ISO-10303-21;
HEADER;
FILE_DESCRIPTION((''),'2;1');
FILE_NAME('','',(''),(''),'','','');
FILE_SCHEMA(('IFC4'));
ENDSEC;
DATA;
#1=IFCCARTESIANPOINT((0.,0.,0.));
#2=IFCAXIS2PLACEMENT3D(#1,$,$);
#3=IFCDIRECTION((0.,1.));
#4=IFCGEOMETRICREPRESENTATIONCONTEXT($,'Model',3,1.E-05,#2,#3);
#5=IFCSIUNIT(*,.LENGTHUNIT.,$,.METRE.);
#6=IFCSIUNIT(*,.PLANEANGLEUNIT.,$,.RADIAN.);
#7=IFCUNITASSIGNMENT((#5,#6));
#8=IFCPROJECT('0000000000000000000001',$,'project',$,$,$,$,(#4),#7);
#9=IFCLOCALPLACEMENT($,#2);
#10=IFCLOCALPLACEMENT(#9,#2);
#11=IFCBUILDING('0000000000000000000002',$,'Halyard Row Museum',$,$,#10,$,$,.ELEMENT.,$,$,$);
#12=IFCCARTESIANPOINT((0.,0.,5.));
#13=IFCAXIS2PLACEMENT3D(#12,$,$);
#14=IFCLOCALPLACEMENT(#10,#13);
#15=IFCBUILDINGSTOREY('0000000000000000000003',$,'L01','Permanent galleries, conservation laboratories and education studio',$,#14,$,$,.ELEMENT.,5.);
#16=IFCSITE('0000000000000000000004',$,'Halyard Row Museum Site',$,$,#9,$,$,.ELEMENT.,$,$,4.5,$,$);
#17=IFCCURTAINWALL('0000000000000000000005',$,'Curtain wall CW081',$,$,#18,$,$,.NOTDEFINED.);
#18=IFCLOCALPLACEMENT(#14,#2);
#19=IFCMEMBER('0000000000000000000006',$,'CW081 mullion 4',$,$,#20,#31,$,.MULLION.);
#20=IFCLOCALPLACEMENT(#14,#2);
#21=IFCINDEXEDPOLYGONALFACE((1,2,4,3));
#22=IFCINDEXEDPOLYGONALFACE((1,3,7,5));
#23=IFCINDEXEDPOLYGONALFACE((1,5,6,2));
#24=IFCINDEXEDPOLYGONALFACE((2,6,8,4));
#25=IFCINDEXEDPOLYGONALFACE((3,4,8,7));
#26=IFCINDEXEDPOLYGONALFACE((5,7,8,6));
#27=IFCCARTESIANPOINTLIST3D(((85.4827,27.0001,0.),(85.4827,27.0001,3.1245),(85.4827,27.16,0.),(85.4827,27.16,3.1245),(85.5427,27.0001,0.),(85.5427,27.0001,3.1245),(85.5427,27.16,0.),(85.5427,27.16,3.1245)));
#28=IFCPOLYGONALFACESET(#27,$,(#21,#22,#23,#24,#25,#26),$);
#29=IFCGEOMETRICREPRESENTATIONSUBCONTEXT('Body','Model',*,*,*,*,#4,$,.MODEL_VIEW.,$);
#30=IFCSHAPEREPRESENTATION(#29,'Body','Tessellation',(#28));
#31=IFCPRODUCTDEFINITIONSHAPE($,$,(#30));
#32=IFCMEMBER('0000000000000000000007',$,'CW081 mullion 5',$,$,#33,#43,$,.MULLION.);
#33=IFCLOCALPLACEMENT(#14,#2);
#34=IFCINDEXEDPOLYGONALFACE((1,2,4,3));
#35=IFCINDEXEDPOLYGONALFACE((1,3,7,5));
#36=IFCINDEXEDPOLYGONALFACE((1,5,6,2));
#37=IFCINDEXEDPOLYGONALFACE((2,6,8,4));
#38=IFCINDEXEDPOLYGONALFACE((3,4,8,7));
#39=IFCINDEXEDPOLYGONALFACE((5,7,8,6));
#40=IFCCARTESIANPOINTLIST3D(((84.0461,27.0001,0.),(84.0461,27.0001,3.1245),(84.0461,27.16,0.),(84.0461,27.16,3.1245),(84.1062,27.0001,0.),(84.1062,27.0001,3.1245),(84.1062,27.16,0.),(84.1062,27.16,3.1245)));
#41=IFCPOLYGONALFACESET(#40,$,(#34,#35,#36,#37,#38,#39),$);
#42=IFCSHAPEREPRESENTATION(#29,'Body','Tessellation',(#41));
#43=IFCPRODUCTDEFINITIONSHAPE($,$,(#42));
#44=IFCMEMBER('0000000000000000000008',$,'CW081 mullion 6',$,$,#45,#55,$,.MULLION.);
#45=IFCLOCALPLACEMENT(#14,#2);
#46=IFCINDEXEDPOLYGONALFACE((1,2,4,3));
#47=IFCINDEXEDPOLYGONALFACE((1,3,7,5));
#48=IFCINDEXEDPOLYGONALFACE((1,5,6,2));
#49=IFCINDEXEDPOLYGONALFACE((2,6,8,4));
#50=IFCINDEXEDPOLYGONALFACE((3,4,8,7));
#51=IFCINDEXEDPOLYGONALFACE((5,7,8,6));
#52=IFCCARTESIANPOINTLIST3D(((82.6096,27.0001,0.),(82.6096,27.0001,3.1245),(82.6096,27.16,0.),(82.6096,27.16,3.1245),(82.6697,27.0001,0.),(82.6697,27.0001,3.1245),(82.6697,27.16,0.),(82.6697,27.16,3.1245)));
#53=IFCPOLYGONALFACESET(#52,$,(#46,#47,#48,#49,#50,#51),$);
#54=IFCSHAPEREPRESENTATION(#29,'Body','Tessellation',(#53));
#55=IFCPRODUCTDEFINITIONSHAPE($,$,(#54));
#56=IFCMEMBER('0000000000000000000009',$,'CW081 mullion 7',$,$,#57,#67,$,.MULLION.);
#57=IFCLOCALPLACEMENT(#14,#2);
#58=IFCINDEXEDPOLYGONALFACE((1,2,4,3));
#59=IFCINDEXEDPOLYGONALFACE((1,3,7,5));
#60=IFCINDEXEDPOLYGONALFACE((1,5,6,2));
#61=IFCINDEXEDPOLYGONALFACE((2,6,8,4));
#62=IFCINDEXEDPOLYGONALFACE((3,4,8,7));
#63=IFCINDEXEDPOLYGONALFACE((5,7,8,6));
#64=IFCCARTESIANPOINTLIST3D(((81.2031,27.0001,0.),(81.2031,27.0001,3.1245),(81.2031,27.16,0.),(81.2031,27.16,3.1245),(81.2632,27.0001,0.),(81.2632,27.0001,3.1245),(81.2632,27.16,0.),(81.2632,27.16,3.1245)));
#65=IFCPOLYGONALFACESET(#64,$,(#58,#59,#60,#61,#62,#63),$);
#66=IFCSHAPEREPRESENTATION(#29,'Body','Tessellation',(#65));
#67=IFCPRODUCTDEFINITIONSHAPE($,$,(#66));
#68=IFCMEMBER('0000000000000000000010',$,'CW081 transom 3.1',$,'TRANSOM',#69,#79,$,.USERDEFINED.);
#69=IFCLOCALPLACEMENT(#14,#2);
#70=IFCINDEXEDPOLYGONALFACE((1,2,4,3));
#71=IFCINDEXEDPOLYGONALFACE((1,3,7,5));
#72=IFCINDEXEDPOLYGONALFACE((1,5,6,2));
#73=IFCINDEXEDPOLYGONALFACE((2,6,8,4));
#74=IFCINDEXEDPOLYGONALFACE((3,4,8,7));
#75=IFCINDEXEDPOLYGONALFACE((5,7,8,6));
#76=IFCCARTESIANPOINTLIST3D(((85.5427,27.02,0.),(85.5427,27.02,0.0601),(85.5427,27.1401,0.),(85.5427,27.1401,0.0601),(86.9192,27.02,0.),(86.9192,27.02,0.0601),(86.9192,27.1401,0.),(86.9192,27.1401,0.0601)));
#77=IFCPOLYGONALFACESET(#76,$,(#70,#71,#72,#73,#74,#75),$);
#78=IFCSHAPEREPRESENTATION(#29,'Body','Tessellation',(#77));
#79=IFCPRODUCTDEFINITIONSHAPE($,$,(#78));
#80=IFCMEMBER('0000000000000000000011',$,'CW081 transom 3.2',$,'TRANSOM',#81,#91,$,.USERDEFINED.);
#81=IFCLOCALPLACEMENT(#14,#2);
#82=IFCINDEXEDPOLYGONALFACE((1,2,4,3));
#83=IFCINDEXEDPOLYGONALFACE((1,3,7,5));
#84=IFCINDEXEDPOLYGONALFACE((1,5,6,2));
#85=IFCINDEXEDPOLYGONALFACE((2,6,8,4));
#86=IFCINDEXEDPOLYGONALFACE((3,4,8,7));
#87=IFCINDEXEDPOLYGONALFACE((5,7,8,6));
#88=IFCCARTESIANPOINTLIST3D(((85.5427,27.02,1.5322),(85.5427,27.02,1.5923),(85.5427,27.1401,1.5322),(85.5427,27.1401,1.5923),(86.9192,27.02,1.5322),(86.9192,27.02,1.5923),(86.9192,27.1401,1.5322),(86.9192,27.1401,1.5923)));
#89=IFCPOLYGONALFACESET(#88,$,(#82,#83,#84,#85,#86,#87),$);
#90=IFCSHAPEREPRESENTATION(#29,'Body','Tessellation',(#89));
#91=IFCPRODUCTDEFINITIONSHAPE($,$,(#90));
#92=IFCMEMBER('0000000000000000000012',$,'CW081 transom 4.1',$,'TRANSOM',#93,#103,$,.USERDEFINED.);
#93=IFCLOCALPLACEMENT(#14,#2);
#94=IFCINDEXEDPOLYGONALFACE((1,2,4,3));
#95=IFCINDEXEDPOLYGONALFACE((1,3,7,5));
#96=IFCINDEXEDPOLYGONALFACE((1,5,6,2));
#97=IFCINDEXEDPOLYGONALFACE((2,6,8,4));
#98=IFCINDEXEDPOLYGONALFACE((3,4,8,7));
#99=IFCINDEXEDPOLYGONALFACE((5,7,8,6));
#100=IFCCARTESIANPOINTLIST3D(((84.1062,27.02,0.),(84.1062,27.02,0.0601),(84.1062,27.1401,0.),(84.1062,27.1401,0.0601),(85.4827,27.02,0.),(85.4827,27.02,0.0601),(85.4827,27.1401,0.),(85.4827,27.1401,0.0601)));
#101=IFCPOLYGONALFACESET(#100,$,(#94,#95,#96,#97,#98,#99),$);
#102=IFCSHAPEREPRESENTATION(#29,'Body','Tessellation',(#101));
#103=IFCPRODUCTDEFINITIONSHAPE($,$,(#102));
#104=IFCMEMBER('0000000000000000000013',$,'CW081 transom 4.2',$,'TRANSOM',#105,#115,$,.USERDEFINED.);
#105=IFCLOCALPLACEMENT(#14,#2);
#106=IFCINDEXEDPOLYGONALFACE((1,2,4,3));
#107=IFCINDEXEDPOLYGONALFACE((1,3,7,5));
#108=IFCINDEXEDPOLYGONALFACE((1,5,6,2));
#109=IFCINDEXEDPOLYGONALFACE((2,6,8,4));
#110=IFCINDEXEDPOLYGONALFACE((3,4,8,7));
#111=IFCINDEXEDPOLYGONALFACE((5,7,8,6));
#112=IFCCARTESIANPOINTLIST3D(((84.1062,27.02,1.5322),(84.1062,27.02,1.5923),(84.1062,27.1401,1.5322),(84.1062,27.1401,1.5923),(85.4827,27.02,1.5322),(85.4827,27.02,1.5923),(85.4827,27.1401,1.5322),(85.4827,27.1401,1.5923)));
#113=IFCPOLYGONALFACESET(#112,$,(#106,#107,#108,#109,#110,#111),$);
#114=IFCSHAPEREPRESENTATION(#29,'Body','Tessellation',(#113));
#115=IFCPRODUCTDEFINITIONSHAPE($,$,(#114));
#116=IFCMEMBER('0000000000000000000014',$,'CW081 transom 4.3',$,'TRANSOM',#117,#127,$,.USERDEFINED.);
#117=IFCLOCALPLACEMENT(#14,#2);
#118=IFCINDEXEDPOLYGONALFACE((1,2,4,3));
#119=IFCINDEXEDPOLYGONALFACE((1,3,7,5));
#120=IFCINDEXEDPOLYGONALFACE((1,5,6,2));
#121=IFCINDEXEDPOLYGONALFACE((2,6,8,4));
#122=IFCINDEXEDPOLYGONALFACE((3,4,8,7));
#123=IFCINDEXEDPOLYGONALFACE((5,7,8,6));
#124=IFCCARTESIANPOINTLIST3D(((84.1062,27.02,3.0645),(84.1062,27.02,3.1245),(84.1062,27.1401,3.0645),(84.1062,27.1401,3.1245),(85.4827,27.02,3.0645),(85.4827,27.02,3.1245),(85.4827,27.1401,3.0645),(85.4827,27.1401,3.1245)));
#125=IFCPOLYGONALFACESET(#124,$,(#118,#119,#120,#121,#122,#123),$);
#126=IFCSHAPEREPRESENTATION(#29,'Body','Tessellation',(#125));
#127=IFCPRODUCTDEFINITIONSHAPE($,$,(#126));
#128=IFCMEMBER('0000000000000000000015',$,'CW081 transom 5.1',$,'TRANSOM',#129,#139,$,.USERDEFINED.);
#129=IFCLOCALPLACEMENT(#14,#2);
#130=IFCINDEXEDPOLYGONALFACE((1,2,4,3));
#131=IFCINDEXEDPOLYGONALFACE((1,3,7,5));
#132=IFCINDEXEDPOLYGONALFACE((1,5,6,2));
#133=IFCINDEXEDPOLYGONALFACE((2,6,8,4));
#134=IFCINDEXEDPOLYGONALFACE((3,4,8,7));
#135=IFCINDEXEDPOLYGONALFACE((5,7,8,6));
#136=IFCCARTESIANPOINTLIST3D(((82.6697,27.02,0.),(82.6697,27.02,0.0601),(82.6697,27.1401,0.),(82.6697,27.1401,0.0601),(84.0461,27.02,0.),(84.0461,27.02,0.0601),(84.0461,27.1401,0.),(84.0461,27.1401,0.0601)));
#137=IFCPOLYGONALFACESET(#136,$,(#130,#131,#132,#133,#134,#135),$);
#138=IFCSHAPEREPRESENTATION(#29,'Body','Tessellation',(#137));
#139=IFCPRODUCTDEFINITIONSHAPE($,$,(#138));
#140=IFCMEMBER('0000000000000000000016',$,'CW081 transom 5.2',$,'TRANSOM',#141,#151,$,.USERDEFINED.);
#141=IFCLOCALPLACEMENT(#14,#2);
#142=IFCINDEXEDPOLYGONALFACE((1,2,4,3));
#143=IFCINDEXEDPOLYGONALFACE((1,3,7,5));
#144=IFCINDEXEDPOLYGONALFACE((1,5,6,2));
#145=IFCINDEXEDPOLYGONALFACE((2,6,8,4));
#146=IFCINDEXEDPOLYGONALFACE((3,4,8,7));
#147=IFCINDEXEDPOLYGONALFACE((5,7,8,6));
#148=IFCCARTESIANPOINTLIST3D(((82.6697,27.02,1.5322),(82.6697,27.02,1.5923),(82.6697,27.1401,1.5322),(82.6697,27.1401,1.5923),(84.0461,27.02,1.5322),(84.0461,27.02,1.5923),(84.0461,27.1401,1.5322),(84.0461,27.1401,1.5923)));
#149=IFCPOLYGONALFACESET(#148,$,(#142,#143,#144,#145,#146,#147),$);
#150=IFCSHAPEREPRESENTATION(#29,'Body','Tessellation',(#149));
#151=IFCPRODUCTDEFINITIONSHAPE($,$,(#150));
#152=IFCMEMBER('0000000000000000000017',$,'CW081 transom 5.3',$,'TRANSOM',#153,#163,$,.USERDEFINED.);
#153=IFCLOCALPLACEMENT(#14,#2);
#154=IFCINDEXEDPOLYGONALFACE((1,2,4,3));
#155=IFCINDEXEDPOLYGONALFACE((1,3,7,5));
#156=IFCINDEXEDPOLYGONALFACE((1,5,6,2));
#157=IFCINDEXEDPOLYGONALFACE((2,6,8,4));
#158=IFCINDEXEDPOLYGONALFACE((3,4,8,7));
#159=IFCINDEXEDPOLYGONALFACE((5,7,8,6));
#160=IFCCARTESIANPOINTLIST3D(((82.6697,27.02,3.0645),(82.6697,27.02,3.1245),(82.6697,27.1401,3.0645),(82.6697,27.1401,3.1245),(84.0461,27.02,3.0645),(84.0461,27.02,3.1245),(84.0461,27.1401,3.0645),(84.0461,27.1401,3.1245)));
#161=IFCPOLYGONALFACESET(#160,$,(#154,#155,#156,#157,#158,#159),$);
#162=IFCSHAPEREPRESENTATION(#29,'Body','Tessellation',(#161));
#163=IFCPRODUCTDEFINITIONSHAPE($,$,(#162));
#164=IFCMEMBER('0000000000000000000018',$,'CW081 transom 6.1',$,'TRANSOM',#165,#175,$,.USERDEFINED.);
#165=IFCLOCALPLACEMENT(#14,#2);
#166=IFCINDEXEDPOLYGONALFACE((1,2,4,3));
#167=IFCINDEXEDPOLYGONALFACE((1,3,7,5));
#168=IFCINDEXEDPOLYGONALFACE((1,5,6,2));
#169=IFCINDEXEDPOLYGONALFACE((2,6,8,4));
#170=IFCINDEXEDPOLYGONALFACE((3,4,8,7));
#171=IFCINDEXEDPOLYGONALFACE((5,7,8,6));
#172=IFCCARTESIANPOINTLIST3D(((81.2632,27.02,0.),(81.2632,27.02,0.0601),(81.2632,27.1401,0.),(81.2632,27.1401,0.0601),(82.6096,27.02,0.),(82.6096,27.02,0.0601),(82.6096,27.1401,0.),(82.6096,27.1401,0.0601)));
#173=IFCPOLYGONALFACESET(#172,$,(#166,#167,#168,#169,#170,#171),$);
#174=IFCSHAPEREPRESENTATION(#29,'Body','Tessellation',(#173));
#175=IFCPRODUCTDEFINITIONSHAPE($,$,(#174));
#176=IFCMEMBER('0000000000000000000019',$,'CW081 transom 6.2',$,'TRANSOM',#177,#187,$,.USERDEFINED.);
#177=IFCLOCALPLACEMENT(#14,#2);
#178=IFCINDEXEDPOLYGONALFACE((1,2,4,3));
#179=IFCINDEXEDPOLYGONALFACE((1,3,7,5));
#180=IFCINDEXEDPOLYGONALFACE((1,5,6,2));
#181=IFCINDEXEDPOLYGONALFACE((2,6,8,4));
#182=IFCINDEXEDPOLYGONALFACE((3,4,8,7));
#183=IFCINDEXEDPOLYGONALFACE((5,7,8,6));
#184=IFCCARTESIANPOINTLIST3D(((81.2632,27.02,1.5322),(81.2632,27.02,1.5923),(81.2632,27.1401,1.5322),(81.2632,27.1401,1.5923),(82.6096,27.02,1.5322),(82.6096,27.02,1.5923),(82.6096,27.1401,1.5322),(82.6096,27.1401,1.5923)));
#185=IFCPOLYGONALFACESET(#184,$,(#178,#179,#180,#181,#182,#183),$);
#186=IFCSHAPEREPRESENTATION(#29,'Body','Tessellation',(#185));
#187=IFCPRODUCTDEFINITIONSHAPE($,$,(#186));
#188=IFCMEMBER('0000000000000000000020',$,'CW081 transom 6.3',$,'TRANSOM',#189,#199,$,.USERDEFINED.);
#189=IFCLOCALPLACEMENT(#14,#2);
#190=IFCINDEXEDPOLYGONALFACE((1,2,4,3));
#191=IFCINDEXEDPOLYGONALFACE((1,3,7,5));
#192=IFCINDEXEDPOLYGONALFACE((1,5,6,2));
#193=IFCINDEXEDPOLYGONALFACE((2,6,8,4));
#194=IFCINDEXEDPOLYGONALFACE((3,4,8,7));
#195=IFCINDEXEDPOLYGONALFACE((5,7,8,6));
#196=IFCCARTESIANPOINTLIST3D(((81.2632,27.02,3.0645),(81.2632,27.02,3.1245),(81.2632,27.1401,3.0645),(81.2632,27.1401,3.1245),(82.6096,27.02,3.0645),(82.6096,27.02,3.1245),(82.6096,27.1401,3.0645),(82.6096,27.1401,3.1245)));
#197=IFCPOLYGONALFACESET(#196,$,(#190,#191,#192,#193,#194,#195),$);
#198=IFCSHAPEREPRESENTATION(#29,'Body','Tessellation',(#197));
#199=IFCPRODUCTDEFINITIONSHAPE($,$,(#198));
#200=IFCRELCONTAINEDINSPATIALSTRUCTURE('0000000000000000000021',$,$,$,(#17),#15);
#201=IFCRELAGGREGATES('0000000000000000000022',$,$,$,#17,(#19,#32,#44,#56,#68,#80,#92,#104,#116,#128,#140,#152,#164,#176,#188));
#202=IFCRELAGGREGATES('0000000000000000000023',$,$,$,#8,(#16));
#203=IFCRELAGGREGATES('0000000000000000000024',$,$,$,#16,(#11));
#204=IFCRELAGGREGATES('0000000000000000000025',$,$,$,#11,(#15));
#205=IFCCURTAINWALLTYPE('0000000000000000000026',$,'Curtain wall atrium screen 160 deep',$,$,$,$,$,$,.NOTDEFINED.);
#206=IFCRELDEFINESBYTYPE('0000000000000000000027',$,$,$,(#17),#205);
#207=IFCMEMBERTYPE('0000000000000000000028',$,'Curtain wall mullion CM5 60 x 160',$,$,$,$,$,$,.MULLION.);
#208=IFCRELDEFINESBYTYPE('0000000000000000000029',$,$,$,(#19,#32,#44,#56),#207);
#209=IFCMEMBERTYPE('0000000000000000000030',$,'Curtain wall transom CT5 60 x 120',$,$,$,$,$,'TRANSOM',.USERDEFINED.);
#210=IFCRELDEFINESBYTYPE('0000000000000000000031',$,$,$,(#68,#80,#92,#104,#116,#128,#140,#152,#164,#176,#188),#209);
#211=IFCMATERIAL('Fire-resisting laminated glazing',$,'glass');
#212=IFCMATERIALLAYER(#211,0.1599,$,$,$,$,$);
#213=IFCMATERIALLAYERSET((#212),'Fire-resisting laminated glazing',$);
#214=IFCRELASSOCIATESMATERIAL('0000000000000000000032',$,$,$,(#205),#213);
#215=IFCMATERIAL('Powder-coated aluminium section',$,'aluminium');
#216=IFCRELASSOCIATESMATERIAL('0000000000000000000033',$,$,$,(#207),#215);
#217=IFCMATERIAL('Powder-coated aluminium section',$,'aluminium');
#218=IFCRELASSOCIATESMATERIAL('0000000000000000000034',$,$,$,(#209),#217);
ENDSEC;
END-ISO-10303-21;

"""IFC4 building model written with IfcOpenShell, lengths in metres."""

from ifc_helpers import new_model, si_unit, direction, frame, origin, origin_2d, place, context, subcontext, project, spatial, rectangle, extrude, material, layer, layer_set, material_profile, profile_set, type_object, element, aggregate, save


model = new_model("IFC4")

# Units and contexts
model_context = context("Model", 3, precision=1e-05, world=origin(), true_north=direction((0.0, 1.0)))
body_context = subcontext(model_context, "Body", "Model", "MODEL_VIEW")
ifc_project = project(units=[si_unit("LENGTHUNIT", "METRE"), si_unit("PLANEANGLEUNIT", "RADIAN")], contexts=[model_context])

# Site, building, storey
site_placement = place(None, origin())
site = spatial("IfcSite", under=ifc_project, at=site_placement, Name="Halyard Row Museum Site", CompositionType="ELEMENT", RefElevation=4.5)
building_placement = place(site_placement, origin())
building = spatial("IfcBuilding", under=site, at=building_placement, Name="Halyard Row Museum", CompositionType="ELEMENT")
storey_placement = place(building_placement, frame((0.0, 0.0, 5.0)))
storey = spatial("IfcBuildingStorey", under=building, at=storey_placement, Name="L01", Description="Permanent galleries, conservation laboratories and education studio", CompositionType="ELEMENT", Elevation=5.0)

# Curtain wall, members
ifc_material_1 = material(Name="Fire-resisting laminated glazing", Category="glass")
ifc_layer_1 = layer(ifc_material_1, 0.1599)
ifc_layer_set_1 = layer_set([ifc_layer_1], Name="Fire-resisting laminated glazing")
curtain_wall_type = type_object("IfcCurtainWallType", Name="Curtain wall atrium screen 160 deep", PredefinedType="NOTDEFINED", material=ifc_layer_set_1)
curtain_wall_placement = place(storey_placement, origin())
curtain_wall = element("IfcCurtainWall", 1, at=curtain_wall_placement, inside=storey, type_object=curtain_wall_type, Name="Curtain wall CW081", PredefinedType="NOTDEFINED")
ifc_material_2 = material(Name="Powder-coated aluminium section", Category="aluminium")
ifc_material_profile_1 = material_profile(ifc_material_2, rectangle(XDim=0.1599, YDim=0.0601, at=origin_2d()), Name="160x60 mullion")
ifc_profile_set_1 = profile_set([ifc_material_profile_1], Name="Powder-coated aluminium section")
member_type_1 = type_object("IfcMemberType", Name="Curtain wall mullion CM5 60 x 160", PredefinedType="MULLION", material=ifc_profile_set_1)
member_1_placement = place(storey_placement, frame((85.5127, 27.0801, 0.0), z_axis=(0.0, 0.0, 1.0), x_axis=(0.0, -1.0, 0.0)))
member_1 = element("IfcMember", 2, at=member_1_placement, type_object=member_type_1, Name="CW081 mullion 4", PredefinedType="MULLION", context=body_context, shape_type="SweptSolid", body=[
    extrude(rectangle(XDim=0.1599, YDim=0.0601, at=origin_2d()), origin(), (0.0, 0.0, 1.0), 3.1245),
])
member_2_placement = place(storey_placement, frame((84.0762, 27.0801, 0.0), z_axis=(0.0, 0.0, 1.0), x_axis=(0.0, -1.0, 0.0)))
member_2 = element("IfcMember", 3, at=member_2_placement, type_object=member_type_1, Name="CW081 mullion 5", PredefinedType="MULLION", context=body_context, shape_type="SweptSolid", body=[
    extrude(rectangle(XDim=0.1599, YDim=0.0601, at=origin_2d()), origin(), (0.0, 0.0, 1.0), 3.1245),
])
member_3_placement = place(storey_placement, frame((82.6396, 27.0801, 0.0), z_axis=(0.0, 0.0, 1.0), x_axis=(0.0, -1.0, 0.0)))
member_3 = element("IfcMember", 4, at=member_3_placement, type_object=member_type_1, Name="CW081 mullion 6", PredefinedType="MULLION", context=body_context, shape_type="SweptSolid", body=[
    extrude(rectangle(XDim=0.1599, YDim=0.0601, at=origin_2d()), origin(), (0.0, 0.0, 1.0), 3.1245),
])
member_4_placement = place(storey_placement, frame((81.2332, 27.0801, 0.0), z_axis=(0.0, 0.0, 1.0), x_axis=(0.0, -1.0, 0.0)))
member_4 = element("IfcMember", 5, at=member_4_placement, type_object=member_type_1, Name="CW081 mullion 7", PredefinedType="MULLION", context=body_context, shape_type="SweptSolid", body=[
    extrude(rectangle(XDim=0.1599, YDim=0.0601, at=origin_2d()), origin(), (0.0, 0.0, 1.0), 3.1245),
])
ifc_material_3 = material(Name="Powder-coated aluminium section", Category="aluminium")
ifc_material_profile_2 = material_profile(ifc_material_3, rectangle(XDim=0.1201, YDim=0.0601, at=origin_2d()), Name="120x60 transom")
ifc_profile_set_2 = profile_set([ifc_material_profile_2], Name="Powder-coated aluminium section")
member_type_2 = type_object("IfcMemberType", Name="Curtain wall transom CT5 60 x 120", ElementType="TRANSOM", PredefinedType="USERDEFINED", material=ifc_profile_set_2)
member_5_placement = place(storey_placement, frame((86.9192, 27.0801, 0.03), z_axis=(-1.0, 0.0, 0.0), x_axis=(0.0, -1.0, 0.0)))
member_5 = element("IfcMember", 6, at=member_5_placement, type_object=member_type_2, Name="CW081 transom 3.1", ObjectType="TRANSOM", PredefinedType="USERDEFINED", context=body_context, shape_type="SweptSolid", body=[
    extrude(rectangle(XDim=0.1201, YDim=0.0601, at=origin_2d()), origin(), (0.0, 0.0, 1.0), 1.3765),
])
member_6_placement = place(storey_placement, frame((86.9192, 27.0801, 1.5623), z_axis=(-1.0, 0.0, 0.0), x_axis=(0.0, -1.0, 0.0)))
member_6 = element("IfcMember", 7, at=member_6_placement, type_object=member_type_2, Name="CW081 transom 3.2", ObjectType="TRANSOM", PredefinedType="USERDEFINED", context=body_context, shape_type="SweptSolid", body=[
    extrude(rectangle(XDim=0.1201, YDim=0.0601, at=origin_2d()), origin(), (0.0, 0.0, 1.0), 1.3765),
])
member_7_placement = place(storey_placement, frame((85.4827, 27.0801, 0.03), z_axis=(-1.0, 0.0, 0.0), x_axis=(0.0, -1.0, 0.0)))
member_7 = element("IfcMember", 8, at=member_7_placement, type_object=member_type_2, Name="CW081 transom 4.1", ObjectType="TRANSOM", PredefinedType="USERDEFINED", context=body_context, shape_type="SweptSolid", body=[
    extrude(rectangle(XDim=0.1201, YDim=0.0601, at=origin_2d()), origin(), (0.0, 0.0, 1.0), 1.3765),
])
member_8_placement = place(storey_placement, frame((85.4827, 27.0801, 1.5623), z_axis=(-1.0, 0.0, 0.0), x_axis=(0.0, -1.0, 0.0)))
member_8 = element("IfcMember", 9, at=member_8_placement, type_object=member_type_2, Name="CW081 transom 4.2", ObjectType="TRANSOM", PredefinedType="USERDEFINED", context=body_context, shape_type="SweptSolid", body=[
    extrude(rectangle(XDim=0.1201, YDim=0.0601, at=origin_2d()), origin(), (0.0, 0.0, 1.0), 1.3765),
])
member_9_placement = place(storey_placement, frame((85.4827, 27.0801, 3.0945), z_axis=(-1.0, 0.0, 0.0), x_axis=(0.0, -1.0, 0.0)))
member_9 = element("IfcMember", 10, at=member_9_placement, type_object=member_type_2, Name="CW081 transom 4.3", ObjectType="TRANSOM", PredefinedType="USERDEFINED", context=body_context, shape_type="SweptSolid", body=[
    extrude(rectangle(XDim=0.1201, YDim=0.0601, at=origin_2d()), origin(), (0.0, 0.0, 1.0), 1.3765),
])
member_10_placement = place(storey_placement, frame((84.0461, 27.0801, 0.03), z_axis=(-1.0, 0.0, 0.0), x_axis=(0.0, -1.0, 0.0)))
member_10 = element("IfcMember", 11, at=member_10_placement, type_object=member_type_2, Name="CW081 transom 5.1", ObjectType="TRANSOM", PredefinedType="USERDEFINED", context=body_context, shape_type="SweptSolid", body=[
    extrude(rectangle(XDim=0.1201, YDim=0.0601, at=origin_2d()), origin(), (0.0, 0.0, 1.0), 1.3765),
])
member_11_placement = place(storey_placement, frame((84.0461, 27.0801, 1.5623), z_axis=(-1.0, 0.0, 0.0), x_axis=(0.0, -1.0, 0.0)))
member_11 = element("IfcMember", 12, at=member_11_placement, type_object=member_type_2, Name="CW081 transom 5.2", ObjectType="TRANSOM", PredefinedType="USERDEFINED", context=body_context, shape_type="SweptSolid", body=[
    extrude(rectangle(XDim=0.1201, YDim=0.0601, at=origin_2d()), origin(), (0.0, 0.0, 1.0), 1.3765),
])
member_12_placement = place(storey_placement, frame((84.0461, 27.0801, 3.0945), z_axis=(-1.0, 0.0, 0.0), x_axis=(0.0, -1.0, 0.0)))
member_12 = element("IfcMember", 13, at=member_12_placement, type_object=member_type_2, Name="CW081 transom 5.3", ObjectType="TRANSOM", PredefinedType="USERDEFINED", context=body_context, shape_type="SweptSolid", body=[
    extrude(rectangle(XDim=0.1201, YDim=0.0601, at=origin_2d()), origin(), (0.0, 0.0, 1.0), 1.3765),
])
member_13_placement = place(storey_placement, frame((82.6096, 27.0801, 0.03), z_axis=(-1.0, 0.0, 0.0), x_axis=(0.0, -1.0, 0.0)))
member_13 = element("IfcMember", 14, at=member_13_placement, type_object=member_type_2, Name="CW081 transom 6.1", ObjectType="TRANSOM", PredefinedType="USERDEFINED", context=body_context, shape_type="SweptSolid", body=[
    extrude(rectangle(XDim=0.1201, YDim=0.0601, at=origin_2d()), origin(), (0.0, 0.0, 1.0), 1.3464),
])
member_14_placement = place(storey_placement, frame((82.6096, 27.0801, 1.5623), z_axis=(-1.0, 0.0, 0.0), x_axis=(0.0, -1.0, 0.0)))
member_14 = element("IfcMember", 15, at=member_14_placement, type_object=member_type_2, Name="CW081 transom 6.2", ObjectType="TRANSOM", PredefinedType="USERDEFINED", context=body_context, shape_type="SweptSolid", body=[
    extrude(rectangle(XDim=0.1201, YDim=0.0601, at=origin_2d()), origin(), (0.0, 0.0, 1.0), 1.3464),
])
member_15_placement = place(storey_placement, frame((82.6096, 27.0801, 3.0945), z_axis=(-1.0, 0.0, 0.0), x_axis=(0.0, -1.0, 0.0)))
member_15 = element("IfcMember", 16, at=member_15_placement, type_object=member_type_2, Name="CW081 transom 6.3", ObjectType="TRANSOM", PredefinedType="USERDEFINED", context=body_context, shape_type="SweptSolid", body=[
    extrude(rectangle(XDim=0.1201, YDim=0.0601, at=origin_2d()), origin(), (0.0, 0.0, 1.0), 1.3464),
])

aggregate(curtain_wall, [member_1, member_2, member_3, member_4, member_5, member_6, member_7, member_8, member_9, member_10, member_11, member_12, member_13, member_14, member_15])

save(model, "model.ifc")
